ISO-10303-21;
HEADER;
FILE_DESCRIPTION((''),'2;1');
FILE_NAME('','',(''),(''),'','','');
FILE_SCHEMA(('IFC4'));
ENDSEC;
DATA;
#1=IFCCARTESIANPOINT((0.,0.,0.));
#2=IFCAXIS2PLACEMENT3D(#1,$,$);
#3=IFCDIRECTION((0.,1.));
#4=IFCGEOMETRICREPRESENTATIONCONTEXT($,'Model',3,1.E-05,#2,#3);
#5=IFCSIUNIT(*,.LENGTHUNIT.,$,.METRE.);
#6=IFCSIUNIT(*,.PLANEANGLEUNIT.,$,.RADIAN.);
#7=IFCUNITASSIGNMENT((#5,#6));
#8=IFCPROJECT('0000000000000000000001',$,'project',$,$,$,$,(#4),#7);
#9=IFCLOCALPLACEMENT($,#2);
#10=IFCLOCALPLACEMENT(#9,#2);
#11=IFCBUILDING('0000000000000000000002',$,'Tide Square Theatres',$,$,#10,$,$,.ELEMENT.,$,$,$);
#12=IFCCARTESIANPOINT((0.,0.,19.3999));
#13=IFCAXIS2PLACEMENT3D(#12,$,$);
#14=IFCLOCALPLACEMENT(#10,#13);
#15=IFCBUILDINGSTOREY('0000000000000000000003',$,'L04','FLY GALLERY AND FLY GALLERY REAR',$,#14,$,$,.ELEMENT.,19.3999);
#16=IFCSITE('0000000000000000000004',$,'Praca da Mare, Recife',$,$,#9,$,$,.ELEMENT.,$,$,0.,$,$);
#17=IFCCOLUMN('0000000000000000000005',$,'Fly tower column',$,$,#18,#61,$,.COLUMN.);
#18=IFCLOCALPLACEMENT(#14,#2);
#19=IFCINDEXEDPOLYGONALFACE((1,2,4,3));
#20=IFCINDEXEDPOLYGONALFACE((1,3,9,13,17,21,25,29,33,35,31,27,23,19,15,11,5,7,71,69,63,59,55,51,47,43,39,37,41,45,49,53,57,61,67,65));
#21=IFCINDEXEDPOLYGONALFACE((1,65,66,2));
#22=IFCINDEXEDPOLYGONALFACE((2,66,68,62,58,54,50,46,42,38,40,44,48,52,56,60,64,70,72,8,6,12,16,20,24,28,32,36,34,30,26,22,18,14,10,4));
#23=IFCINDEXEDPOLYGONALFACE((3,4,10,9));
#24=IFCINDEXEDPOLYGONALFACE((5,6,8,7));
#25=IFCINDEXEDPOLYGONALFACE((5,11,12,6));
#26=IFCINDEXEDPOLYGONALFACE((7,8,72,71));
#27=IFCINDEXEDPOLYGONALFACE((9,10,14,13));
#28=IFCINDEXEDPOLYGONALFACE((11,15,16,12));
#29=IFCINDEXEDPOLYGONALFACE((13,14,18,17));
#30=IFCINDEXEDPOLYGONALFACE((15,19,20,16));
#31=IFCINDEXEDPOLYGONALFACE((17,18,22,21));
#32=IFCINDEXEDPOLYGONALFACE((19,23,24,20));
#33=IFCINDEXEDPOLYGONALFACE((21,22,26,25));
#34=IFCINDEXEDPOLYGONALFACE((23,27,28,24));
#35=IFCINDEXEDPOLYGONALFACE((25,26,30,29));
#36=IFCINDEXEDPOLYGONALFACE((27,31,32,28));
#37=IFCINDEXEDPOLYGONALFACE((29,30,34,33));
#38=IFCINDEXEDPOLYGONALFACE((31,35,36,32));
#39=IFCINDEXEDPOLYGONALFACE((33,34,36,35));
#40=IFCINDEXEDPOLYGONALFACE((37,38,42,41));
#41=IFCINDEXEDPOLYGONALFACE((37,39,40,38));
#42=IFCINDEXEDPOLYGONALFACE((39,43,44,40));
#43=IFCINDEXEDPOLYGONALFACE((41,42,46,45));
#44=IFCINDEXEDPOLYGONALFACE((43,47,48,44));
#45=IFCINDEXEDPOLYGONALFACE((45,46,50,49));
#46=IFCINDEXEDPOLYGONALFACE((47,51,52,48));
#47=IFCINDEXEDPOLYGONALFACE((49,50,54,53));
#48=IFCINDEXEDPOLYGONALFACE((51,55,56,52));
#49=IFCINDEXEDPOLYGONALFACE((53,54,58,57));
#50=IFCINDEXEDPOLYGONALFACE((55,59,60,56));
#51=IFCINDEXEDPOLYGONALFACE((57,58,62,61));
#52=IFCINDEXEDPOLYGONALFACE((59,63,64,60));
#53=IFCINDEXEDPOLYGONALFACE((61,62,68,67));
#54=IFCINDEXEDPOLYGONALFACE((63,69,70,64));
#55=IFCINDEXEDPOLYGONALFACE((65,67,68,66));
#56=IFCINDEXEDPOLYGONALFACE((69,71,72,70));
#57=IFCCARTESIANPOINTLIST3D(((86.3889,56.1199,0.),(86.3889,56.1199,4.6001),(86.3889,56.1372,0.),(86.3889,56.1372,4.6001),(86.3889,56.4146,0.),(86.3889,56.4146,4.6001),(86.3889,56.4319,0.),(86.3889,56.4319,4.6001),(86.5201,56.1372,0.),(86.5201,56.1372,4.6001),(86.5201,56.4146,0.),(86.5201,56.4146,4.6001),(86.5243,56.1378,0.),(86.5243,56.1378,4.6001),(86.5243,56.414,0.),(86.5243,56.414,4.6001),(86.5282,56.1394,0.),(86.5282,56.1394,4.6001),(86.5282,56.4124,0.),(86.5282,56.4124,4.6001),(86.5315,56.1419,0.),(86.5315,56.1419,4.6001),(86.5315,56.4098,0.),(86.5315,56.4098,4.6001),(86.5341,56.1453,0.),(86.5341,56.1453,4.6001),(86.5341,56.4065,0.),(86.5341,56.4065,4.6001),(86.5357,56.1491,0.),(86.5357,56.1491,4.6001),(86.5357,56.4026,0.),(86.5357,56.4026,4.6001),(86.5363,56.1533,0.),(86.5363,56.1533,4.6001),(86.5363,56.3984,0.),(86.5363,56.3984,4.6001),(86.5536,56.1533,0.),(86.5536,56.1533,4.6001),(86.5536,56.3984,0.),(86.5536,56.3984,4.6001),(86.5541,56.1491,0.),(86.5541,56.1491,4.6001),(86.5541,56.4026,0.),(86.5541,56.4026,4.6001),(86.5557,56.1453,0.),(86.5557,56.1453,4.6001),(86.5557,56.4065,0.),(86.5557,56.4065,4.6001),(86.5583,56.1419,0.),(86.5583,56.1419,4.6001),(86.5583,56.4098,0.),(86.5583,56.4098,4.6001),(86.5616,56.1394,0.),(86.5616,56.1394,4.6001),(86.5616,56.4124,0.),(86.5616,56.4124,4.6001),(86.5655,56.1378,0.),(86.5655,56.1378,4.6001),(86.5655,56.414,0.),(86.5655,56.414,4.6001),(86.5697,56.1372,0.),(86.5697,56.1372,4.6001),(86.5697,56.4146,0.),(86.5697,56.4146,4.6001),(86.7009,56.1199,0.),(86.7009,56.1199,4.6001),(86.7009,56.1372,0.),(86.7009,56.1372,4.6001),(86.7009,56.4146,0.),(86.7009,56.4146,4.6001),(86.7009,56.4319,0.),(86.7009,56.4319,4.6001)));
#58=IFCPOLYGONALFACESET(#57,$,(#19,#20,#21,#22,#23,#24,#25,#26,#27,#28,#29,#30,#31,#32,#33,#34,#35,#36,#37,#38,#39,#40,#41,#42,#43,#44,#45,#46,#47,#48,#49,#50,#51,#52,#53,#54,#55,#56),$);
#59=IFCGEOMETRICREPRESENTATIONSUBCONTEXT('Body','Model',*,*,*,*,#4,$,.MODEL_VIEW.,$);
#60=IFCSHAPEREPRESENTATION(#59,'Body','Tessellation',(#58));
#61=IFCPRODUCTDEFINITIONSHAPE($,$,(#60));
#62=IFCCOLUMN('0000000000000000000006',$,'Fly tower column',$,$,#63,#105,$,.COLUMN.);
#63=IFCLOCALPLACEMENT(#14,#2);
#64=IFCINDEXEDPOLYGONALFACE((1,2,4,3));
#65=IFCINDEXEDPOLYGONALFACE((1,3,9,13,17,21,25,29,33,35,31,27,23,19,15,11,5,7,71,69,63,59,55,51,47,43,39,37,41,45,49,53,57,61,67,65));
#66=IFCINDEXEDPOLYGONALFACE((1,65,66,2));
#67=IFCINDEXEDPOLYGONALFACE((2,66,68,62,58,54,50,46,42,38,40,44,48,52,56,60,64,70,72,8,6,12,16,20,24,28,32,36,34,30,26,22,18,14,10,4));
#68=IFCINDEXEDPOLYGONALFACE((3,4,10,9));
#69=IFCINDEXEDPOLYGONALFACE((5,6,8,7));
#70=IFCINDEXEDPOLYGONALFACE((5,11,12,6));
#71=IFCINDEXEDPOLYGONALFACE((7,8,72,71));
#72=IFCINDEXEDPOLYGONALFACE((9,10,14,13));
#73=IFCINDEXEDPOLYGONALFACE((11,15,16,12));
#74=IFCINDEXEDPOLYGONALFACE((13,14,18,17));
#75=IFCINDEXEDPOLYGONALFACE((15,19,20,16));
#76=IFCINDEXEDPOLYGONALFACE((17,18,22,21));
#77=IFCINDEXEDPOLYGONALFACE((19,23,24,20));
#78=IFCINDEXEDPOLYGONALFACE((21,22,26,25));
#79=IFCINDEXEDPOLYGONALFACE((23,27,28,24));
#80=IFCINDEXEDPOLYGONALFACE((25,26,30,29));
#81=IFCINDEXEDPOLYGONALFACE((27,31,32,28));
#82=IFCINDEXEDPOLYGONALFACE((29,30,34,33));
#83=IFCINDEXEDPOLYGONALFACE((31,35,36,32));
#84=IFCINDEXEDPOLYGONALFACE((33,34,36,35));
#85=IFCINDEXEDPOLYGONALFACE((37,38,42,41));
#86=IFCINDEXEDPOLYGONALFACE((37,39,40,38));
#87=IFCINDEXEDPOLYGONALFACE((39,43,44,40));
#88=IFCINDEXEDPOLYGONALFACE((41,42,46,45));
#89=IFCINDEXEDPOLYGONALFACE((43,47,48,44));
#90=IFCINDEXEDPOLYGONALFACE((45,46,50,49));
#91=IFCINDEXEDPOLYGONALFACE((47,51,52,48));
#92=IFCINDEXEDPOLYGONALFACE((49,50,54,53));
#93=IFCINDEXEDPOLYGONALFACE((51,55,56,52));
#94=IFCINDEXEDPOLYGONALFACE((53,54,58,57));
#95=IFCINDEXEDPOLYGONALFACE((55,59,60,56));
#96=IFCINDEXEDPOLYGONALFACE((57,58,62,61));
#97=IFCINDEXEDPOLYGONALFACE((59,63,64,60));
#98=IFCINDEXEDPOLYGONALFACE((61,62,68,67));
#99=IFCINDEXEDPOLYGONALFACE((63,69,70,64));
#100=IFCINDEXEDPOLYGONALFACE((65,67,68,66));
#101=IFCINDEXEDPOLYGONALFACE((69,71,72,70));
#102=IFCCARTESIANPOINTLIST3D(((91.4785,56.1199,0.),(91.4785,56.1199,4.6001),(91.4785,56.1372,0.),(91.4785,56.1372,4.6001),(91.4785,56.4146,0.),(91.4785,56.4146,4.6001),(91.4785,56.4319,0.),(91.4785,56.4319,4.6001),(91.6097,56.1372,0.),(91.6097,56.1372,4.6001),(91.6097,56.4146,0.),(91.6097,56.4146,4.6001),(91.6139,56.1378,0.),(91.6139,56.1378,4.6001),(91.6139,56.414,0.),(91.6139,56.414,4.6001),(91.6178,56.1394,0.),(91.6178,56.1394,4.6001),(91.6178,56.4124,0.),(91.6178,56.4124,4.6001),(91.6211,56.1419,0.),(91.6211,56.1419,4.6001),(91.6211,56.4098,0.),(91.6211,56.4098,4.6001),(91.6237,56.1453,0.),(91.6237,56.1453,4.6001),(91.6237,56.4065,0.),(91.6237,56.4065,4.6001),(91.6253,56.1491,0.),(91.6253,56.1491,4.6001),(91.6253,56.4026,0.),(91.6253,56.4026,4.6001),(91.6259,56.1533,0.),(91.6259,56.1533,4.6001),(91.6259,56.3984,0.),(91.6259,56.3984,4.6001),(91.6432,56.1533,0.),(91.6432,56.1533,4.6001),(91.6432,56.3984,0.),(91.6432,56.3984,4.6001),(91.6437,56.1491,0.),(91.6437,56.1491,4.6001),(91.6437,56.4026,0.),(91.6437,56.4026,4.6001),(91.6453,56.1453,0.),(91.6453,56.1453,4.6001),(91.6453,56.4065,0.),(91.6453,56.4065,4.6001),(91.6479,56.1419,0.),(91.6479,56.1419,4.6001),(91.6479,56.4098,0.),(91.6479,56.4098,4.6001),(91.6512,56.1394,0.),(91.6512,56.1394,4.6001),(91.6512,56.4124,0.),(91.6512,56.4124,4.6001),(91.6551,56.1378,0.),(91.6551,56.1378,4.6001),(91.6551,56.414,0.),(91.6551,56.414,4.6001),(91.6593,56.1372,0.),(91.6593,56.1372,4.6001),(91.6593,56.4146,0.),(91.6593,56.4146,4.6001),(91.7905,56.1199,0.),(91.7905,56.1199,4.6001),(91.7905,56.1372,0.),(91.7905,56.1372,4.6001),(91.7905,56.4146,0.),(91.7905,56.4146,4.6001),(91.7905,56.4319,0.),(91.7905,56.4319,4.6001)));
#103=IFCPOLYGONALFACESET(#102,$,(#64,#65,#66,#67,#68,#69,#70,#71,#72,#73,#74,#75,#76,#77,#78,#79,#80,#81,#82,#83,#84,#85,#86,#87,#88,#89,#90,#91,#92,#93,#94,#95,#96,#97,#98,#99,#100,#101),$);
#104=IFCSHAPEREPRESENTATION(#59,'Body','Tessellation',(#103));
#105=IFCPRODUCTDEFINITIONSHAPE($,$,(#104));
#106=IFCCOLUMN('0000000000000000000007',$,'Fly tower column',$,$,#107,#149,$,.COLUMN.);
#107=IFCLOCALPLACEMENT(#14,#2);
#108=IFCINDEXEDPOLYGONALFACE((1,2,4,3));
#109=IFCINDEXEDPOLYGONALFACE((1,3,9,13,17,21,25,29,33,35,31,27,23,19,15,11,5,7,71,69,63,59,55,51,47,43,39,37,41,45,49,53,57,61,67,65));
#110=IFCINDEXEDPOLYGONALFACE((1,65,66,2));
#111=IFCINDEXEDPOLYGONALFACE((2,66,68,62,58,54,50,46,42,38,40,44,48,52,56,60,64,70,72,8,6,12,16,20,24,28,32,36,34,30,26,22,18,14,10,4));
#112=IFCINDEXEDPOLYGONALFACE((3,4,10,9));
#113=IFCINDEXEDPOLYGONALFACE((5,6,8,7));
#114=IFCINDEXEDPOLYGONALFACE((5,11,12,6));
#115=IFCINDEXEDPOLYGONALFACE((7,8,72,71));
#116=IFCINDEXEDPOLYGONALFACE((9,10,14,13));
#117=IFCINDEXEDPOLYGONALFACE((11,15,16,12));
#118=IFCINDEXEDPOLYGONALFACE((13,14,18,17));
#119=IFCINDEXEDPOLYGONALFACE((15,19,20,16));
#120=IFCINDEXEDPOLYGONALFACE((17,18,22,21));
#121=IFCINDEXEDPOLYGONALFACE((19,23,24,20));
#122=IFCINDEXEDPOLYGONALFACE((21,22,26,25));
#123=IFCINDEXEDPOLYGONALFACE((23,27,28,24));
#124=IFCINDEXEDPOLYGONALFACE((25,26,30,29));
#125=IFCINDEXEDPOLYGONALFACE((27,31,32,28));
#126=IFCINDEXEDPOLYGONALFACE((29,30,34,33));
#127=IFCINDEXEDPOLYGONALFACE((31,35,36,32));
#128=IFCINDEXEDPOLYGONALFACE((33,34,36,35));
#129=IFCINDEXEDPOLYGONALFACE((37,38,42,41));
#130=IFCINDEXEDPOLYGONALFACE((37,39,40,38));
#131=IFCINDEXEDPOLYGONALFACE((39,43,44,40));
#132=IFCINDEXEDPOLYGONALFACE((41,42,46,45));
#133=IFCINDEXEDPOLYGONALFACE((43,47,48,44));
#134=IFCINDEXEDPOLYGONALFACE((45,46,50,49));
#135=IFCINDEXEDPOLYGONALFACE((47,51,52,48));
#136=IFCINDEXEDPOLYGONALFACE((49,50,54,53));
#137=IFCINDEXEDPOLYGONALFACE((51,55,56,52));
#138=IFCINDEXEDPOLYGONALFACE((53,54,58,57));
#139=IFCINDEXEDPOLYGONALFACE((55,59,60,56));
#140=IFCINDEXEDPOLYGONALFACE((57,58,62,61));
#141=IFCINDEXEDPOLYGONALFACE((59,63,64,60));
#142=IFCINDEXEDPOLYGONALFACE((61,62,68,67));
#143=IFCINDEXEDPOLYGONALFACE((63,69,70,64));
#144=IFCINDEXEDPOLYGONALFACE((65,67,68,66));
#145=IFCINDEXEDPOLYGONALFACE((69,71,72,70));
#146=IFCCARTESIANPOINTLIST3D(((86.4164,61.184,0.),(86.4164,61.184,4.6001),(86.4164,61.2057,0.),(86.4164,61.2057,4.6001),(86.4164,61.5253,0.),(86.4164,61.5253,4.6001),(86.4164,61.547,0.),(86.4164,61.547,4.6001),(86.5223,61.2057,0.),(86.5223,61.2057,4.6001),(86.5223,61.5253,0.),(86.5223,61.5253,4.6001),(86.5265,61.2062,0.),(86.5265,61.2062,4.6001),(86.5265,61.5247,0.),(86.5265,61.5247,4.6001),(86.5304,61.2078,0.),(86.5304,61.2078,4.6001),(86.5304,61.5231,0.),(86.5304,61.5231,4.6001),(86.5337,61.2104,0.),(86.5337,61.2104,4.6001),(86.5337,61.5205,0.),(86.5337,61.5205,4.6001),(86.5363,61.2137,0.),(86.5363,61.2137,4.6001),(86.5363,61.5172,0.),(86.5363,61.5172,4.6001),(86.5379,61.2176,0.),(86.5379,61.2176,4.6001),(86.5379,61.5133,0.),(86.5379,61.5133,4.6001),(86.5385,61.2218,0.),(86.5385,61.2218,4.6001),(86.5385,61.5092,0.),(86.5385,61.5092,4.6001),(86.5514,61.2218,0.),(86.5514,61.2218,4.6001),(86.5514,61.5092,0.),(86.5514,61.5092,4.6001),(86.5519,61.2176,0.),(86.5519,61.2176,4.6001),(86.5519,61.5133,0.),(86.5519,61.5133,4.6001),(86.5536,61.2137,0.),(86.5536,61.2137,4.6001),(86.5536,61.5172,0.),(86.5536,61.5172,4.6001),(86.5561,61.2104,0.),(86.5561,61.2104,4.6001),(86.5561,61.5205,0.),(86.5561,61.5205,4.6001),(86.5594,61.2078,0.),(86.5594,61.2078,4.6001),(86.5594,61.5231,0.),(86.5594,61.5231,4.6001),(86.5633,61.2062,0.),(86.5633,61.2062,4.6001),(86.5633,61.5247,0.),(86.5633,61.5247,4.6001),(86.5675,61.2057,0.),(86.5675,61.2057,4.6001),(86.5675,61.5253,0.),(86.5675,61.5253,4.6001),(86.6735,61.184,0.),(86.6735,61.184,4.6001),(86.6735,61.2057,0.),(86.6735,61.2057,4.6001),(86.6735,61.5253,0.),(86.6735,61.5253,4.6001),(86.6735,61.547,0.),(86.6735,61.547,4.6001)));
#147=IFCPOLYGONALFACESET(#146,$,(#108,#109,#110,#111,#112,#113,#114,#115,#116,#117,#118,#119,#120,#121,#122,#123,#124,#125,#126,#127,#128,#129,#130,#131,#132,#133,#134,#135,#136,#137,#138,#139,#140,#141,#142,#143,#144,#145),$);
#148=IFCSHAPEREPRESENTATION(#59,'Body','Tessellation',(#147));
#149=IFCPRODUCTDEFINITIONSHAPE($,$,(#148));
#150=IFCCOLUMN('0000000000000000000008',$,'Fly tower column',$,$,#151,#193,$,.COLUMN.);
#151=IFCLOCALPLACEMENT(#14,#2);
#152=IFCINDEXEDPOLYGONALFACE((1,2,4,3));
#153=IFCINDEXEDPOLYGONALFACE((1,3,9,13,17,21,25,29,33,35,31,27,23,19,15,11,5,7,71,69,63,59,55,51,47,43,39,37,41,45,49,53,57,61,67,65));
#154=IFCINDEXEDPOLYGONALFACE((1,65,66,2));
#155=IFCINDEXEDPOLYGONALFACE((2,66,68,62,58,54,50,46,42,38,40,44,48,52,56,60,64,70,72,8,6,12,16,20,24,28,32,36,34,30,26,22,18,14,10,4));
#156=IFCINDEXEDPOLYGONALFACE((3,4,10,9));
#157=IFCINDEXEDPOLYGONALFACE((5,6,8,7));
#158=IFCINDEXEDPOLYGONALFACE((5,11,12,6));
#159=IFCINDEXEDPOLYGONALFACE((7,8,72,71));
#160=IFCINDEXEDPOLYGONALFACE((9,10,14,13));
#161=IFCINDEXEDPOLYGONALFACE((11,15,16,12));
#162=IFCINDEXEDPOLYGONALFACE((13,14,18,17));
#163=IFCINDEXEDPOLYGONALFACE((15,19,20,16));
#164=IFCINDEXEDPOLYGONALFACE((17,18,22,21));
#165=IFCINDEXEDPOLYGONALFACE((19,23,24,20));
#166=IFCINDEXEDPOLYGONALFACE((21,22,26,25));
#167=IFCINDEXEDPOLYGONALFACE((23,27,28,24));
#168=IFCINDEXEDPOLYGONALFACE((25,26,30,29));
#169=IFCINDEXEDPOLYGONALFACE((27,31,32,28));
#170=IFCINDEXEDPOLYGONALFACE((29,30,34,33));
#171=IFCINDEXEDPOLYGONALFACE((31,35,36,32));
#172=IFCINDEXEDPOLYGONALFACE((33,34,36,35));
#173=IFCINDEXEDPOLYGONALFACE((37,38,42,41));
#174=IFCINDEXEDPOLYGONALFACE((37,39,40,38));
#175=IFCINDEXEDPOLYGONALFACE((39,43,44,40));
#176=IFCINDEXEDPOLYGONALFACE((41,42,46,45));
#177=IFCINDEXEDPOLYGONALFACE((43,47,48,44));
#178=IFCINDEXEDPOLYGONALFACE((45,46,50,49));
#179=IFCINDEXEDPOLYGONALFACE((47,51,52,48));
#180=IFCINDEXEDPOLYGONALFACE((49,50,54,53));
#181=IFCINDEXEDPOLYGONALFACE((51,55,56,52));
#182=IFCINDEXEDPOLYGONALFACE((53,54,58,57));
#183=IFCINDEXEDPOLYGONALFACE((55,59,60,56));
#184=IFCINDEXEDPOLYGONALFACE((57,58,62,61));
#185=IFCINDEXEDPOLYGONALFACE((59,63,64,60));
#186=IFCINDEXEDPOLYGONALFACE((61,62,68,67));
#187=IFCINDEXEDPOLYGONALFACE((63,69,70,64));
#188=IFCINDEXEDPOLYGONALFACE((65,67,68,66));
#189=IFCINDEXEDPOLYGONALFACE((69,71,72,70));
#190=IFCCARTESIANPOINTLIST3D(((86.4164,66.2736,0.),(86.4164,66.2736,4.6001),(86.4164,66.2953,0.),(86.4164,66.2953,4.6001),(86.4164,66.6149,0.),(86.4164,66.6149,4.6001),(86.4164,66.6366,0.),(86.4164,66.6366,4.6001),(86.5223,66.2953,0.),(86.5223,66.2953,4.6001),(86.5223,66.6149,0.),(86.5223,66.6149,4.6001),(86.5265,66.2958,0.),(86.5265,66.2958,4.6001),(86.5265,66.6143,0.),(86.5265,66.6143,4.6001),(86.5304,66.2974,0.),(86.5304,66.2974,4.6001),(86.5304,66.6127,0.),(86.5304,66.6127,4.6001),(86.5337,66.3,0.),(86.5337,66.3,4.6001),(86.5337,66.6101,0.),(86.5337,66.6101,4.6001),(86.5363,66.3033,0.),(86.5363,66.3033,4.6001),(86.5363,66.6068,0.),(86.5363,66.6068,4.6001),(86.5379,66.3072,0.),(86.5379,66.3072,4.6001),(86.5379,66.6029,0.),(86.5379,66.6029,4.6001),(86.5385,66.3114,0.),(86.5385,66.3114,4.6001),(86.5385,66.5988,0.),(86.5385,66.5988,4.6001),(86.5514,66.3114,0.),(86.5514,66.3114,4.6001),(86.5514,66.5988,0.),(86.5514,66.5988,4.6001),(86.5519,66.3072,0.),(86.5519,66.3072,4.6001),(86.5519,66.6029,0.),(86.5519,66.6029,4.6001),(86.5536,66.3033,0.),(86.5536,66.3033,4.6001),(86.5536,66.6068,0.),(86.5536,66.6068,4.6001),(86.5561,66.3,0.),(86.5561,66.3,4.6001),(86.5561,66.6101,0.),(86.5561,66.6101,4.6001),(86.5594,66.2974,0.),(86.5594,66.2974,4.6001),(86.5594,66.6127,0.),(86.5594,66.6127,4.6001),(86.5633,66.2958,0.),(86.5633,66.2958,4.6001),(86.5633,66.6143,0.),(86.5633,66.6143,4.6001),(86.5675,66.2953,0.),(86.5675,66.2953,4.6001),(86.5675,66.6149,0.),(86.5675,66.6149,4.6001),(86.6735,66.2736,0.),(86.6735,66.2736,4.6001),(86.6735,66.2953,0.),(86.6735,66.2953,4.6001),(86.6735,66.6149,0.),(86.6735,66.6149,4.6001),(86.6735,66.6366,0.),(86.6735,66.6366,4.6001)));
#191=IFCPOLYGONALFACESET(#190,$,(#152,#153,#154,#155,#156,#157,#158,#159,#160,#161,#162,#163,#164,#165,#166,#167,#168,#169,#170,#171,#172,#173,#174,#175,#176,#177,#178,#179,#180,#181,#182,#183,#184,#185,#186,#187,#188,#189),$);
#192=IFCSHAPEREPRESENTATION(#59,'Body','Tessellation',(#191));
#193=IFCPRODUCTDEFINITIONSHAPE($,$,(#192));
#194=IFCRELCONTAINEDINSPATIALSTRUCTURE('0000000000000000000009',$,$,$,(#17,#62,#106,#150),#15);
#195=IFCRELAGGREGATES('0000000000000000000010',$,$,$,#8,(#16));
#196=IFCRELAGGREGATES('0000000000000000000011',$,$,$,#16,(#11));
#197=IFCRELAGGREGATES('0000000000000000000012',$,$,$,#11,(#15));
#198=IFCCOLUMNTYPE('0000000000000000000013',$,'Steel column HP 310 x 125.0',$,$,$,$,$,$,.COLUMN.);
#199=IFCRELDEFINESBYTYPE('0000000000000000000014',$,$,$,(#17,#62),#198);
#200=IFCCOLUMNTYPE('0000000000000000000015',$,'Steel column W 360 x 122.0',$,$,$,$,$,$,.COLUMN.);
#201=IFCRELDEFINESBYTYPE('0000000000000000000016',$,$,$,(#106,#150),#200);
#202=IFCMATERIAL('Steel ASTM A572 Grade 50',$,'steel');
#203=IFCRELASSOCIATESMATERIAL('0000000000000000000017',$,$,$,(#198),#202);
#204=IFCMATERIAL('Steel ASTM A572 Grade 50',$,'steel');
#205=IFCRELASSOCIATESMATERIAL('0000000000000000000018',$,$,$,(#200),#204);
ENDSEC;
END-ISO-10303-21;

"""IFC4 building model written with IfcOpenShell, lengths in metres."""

from ifc_helpers import new_model, si_unit, direction, frame, origin, origin_2d, place, context, subcontext, project, spatial, i_section, extrude, material, material_profile, profile_set, type_object, element, save


model = new_model("IFC4")

# Units and contexts
model_context = context("Model", 3, precision=1e-05, world=origin(), true_north=direction((0.0, 1.0)))
body_context = subcontext(model_context, "Body", "Model", "MODEL_VIEW")
ifc_project = project(units=[si_unit("LENGTHUNIT", "METRE"), si_unit("PLANEANGLEUNIT", "RADIAN")], contexts=[model_context])

# Site, building, storey
site_placement = place(None, origin())
site = spatial("IfcSite", under=ifc_project, at=site_placement, Name="Praca da Mare, Recife", CompositionType="ELEMENT", RefElevation=0.0)
building_placement = place(site_placement, origin())
building = spatial("IfcBuilding", under=site, at=building_placement, Name="Tide Square Theatres", CompositionType="ELEMENT")
storey_placement = place(building_placement, frame((0.0, 0.0, 19.3999)))
storey = spatial("IfcBuildingStorey", under=building, at=storey_placement, Name="L04", Description="FLY GALLERY AND FLY GALLERY REAR", CompositionType="ELEMENT", Elevation=19.3999)

# Columns
ifc_material_1 = material(Name="Steel ASTM A572 Grade 50", Category="steel")
ifc_material_profile_1 = material_profile(ifc_material_1, i_section(OverallWidth=0.312, OverallDepth=0.312, WebThickness=0.0173, FlangeThickness=0.0173, FilletRadius=0.0161, at=origin_2d()))
ifc_profile_set_1 = profile_set([ifc_material_profile_1], Name="Steel ASTM A572 Grade 50")
column_type_1 = type_object("IfcColumnType", Name="Steel column HP 310 x 125.0", PredefinedType="COLUMN", material=ifc_profile_set_1)
for number, where, z_axis, x_axis, name in (
    (1, (86.5449, 56.2759, 0.0), (0.0, 0.0, 1.0), (1.0, 0.0, 0.0), "Fly tower column"),
    (2, (91.6345, 56.2759, 0.0), (0.0, 0.0, 1.0), (1.0, 0.0, 0.0), "Fly tower column"),
):
    element("IfcColumn", number, at=place(storey_placement, frame(where, z_axis=z_axis, x_axis=x_axis)), inside=storey, type_object=column_type_1, Name=name, PredefinedType="COLUMN", context=body_context, shape_type="SweptSolid", body=[
        extrude(i_section(OverallWidth=0.312, OverallDepth=0.312, WebThickness=0.0173, FlangeThickness=0.0173, FilletRadius=0.0161, at=origin_2d()), origin(), (0.0, 0.0, 1.0), 4.6001),
    ])
ifc_material_2 = material(Name="Steel ASTM A572 Grade 50", Category="steel")
ifc_material_profile_2 = material_profile(ifc_material_2, i_section(OverallWidth=0.2571, OverallDepth=0.363, WebThickness=0.0129, FlangeThickness=0.0217, FilletRadius=0.0161, at=origin_2d()))
ifc_profile_set_2 = profile_set([ifc_material_profile_2], Name="Steel ASTM A572 Grade 50")
column_type_2 = type_object("IfcColumnType", Name="Steel column W 360 x 122.0", PredefinedType="COLUMN", material=ifc_profile_set_2)
for number, where, z_axis, x_axis, name in (
    (3, (86.5449, 61.3655, 0.0), (0.0, 0.0, 1.0), (1.0, 0.0, 0.0), "Fly tower column"),
    (4, (86.5449, 66.4551, 0.0), (0.0, 0.0, 1.0), (1.0, 0.0, 0.0), "Fly tower column"),
):
    element("IfcColumn", number, at=place(storey_placement, frame(where, z_axis=z_axis, x_axis=x_axis)), inside=storey, type_object=column_type_2, Name=name, PredefinedType="COLUMN", context=body_context, shape_type="SweptSolid", body=[
        extrude(i_section(OverallWidth=0.2571, OverallDepth=0.363, WebThickness=0.0129, FlangeThickness=0.0217, FilletRadius=0.0161, at=origin_2d()), origin(), (0.0, 0.0, 1.0), 4.6001),
    ])

save(model, "model.ifc")
